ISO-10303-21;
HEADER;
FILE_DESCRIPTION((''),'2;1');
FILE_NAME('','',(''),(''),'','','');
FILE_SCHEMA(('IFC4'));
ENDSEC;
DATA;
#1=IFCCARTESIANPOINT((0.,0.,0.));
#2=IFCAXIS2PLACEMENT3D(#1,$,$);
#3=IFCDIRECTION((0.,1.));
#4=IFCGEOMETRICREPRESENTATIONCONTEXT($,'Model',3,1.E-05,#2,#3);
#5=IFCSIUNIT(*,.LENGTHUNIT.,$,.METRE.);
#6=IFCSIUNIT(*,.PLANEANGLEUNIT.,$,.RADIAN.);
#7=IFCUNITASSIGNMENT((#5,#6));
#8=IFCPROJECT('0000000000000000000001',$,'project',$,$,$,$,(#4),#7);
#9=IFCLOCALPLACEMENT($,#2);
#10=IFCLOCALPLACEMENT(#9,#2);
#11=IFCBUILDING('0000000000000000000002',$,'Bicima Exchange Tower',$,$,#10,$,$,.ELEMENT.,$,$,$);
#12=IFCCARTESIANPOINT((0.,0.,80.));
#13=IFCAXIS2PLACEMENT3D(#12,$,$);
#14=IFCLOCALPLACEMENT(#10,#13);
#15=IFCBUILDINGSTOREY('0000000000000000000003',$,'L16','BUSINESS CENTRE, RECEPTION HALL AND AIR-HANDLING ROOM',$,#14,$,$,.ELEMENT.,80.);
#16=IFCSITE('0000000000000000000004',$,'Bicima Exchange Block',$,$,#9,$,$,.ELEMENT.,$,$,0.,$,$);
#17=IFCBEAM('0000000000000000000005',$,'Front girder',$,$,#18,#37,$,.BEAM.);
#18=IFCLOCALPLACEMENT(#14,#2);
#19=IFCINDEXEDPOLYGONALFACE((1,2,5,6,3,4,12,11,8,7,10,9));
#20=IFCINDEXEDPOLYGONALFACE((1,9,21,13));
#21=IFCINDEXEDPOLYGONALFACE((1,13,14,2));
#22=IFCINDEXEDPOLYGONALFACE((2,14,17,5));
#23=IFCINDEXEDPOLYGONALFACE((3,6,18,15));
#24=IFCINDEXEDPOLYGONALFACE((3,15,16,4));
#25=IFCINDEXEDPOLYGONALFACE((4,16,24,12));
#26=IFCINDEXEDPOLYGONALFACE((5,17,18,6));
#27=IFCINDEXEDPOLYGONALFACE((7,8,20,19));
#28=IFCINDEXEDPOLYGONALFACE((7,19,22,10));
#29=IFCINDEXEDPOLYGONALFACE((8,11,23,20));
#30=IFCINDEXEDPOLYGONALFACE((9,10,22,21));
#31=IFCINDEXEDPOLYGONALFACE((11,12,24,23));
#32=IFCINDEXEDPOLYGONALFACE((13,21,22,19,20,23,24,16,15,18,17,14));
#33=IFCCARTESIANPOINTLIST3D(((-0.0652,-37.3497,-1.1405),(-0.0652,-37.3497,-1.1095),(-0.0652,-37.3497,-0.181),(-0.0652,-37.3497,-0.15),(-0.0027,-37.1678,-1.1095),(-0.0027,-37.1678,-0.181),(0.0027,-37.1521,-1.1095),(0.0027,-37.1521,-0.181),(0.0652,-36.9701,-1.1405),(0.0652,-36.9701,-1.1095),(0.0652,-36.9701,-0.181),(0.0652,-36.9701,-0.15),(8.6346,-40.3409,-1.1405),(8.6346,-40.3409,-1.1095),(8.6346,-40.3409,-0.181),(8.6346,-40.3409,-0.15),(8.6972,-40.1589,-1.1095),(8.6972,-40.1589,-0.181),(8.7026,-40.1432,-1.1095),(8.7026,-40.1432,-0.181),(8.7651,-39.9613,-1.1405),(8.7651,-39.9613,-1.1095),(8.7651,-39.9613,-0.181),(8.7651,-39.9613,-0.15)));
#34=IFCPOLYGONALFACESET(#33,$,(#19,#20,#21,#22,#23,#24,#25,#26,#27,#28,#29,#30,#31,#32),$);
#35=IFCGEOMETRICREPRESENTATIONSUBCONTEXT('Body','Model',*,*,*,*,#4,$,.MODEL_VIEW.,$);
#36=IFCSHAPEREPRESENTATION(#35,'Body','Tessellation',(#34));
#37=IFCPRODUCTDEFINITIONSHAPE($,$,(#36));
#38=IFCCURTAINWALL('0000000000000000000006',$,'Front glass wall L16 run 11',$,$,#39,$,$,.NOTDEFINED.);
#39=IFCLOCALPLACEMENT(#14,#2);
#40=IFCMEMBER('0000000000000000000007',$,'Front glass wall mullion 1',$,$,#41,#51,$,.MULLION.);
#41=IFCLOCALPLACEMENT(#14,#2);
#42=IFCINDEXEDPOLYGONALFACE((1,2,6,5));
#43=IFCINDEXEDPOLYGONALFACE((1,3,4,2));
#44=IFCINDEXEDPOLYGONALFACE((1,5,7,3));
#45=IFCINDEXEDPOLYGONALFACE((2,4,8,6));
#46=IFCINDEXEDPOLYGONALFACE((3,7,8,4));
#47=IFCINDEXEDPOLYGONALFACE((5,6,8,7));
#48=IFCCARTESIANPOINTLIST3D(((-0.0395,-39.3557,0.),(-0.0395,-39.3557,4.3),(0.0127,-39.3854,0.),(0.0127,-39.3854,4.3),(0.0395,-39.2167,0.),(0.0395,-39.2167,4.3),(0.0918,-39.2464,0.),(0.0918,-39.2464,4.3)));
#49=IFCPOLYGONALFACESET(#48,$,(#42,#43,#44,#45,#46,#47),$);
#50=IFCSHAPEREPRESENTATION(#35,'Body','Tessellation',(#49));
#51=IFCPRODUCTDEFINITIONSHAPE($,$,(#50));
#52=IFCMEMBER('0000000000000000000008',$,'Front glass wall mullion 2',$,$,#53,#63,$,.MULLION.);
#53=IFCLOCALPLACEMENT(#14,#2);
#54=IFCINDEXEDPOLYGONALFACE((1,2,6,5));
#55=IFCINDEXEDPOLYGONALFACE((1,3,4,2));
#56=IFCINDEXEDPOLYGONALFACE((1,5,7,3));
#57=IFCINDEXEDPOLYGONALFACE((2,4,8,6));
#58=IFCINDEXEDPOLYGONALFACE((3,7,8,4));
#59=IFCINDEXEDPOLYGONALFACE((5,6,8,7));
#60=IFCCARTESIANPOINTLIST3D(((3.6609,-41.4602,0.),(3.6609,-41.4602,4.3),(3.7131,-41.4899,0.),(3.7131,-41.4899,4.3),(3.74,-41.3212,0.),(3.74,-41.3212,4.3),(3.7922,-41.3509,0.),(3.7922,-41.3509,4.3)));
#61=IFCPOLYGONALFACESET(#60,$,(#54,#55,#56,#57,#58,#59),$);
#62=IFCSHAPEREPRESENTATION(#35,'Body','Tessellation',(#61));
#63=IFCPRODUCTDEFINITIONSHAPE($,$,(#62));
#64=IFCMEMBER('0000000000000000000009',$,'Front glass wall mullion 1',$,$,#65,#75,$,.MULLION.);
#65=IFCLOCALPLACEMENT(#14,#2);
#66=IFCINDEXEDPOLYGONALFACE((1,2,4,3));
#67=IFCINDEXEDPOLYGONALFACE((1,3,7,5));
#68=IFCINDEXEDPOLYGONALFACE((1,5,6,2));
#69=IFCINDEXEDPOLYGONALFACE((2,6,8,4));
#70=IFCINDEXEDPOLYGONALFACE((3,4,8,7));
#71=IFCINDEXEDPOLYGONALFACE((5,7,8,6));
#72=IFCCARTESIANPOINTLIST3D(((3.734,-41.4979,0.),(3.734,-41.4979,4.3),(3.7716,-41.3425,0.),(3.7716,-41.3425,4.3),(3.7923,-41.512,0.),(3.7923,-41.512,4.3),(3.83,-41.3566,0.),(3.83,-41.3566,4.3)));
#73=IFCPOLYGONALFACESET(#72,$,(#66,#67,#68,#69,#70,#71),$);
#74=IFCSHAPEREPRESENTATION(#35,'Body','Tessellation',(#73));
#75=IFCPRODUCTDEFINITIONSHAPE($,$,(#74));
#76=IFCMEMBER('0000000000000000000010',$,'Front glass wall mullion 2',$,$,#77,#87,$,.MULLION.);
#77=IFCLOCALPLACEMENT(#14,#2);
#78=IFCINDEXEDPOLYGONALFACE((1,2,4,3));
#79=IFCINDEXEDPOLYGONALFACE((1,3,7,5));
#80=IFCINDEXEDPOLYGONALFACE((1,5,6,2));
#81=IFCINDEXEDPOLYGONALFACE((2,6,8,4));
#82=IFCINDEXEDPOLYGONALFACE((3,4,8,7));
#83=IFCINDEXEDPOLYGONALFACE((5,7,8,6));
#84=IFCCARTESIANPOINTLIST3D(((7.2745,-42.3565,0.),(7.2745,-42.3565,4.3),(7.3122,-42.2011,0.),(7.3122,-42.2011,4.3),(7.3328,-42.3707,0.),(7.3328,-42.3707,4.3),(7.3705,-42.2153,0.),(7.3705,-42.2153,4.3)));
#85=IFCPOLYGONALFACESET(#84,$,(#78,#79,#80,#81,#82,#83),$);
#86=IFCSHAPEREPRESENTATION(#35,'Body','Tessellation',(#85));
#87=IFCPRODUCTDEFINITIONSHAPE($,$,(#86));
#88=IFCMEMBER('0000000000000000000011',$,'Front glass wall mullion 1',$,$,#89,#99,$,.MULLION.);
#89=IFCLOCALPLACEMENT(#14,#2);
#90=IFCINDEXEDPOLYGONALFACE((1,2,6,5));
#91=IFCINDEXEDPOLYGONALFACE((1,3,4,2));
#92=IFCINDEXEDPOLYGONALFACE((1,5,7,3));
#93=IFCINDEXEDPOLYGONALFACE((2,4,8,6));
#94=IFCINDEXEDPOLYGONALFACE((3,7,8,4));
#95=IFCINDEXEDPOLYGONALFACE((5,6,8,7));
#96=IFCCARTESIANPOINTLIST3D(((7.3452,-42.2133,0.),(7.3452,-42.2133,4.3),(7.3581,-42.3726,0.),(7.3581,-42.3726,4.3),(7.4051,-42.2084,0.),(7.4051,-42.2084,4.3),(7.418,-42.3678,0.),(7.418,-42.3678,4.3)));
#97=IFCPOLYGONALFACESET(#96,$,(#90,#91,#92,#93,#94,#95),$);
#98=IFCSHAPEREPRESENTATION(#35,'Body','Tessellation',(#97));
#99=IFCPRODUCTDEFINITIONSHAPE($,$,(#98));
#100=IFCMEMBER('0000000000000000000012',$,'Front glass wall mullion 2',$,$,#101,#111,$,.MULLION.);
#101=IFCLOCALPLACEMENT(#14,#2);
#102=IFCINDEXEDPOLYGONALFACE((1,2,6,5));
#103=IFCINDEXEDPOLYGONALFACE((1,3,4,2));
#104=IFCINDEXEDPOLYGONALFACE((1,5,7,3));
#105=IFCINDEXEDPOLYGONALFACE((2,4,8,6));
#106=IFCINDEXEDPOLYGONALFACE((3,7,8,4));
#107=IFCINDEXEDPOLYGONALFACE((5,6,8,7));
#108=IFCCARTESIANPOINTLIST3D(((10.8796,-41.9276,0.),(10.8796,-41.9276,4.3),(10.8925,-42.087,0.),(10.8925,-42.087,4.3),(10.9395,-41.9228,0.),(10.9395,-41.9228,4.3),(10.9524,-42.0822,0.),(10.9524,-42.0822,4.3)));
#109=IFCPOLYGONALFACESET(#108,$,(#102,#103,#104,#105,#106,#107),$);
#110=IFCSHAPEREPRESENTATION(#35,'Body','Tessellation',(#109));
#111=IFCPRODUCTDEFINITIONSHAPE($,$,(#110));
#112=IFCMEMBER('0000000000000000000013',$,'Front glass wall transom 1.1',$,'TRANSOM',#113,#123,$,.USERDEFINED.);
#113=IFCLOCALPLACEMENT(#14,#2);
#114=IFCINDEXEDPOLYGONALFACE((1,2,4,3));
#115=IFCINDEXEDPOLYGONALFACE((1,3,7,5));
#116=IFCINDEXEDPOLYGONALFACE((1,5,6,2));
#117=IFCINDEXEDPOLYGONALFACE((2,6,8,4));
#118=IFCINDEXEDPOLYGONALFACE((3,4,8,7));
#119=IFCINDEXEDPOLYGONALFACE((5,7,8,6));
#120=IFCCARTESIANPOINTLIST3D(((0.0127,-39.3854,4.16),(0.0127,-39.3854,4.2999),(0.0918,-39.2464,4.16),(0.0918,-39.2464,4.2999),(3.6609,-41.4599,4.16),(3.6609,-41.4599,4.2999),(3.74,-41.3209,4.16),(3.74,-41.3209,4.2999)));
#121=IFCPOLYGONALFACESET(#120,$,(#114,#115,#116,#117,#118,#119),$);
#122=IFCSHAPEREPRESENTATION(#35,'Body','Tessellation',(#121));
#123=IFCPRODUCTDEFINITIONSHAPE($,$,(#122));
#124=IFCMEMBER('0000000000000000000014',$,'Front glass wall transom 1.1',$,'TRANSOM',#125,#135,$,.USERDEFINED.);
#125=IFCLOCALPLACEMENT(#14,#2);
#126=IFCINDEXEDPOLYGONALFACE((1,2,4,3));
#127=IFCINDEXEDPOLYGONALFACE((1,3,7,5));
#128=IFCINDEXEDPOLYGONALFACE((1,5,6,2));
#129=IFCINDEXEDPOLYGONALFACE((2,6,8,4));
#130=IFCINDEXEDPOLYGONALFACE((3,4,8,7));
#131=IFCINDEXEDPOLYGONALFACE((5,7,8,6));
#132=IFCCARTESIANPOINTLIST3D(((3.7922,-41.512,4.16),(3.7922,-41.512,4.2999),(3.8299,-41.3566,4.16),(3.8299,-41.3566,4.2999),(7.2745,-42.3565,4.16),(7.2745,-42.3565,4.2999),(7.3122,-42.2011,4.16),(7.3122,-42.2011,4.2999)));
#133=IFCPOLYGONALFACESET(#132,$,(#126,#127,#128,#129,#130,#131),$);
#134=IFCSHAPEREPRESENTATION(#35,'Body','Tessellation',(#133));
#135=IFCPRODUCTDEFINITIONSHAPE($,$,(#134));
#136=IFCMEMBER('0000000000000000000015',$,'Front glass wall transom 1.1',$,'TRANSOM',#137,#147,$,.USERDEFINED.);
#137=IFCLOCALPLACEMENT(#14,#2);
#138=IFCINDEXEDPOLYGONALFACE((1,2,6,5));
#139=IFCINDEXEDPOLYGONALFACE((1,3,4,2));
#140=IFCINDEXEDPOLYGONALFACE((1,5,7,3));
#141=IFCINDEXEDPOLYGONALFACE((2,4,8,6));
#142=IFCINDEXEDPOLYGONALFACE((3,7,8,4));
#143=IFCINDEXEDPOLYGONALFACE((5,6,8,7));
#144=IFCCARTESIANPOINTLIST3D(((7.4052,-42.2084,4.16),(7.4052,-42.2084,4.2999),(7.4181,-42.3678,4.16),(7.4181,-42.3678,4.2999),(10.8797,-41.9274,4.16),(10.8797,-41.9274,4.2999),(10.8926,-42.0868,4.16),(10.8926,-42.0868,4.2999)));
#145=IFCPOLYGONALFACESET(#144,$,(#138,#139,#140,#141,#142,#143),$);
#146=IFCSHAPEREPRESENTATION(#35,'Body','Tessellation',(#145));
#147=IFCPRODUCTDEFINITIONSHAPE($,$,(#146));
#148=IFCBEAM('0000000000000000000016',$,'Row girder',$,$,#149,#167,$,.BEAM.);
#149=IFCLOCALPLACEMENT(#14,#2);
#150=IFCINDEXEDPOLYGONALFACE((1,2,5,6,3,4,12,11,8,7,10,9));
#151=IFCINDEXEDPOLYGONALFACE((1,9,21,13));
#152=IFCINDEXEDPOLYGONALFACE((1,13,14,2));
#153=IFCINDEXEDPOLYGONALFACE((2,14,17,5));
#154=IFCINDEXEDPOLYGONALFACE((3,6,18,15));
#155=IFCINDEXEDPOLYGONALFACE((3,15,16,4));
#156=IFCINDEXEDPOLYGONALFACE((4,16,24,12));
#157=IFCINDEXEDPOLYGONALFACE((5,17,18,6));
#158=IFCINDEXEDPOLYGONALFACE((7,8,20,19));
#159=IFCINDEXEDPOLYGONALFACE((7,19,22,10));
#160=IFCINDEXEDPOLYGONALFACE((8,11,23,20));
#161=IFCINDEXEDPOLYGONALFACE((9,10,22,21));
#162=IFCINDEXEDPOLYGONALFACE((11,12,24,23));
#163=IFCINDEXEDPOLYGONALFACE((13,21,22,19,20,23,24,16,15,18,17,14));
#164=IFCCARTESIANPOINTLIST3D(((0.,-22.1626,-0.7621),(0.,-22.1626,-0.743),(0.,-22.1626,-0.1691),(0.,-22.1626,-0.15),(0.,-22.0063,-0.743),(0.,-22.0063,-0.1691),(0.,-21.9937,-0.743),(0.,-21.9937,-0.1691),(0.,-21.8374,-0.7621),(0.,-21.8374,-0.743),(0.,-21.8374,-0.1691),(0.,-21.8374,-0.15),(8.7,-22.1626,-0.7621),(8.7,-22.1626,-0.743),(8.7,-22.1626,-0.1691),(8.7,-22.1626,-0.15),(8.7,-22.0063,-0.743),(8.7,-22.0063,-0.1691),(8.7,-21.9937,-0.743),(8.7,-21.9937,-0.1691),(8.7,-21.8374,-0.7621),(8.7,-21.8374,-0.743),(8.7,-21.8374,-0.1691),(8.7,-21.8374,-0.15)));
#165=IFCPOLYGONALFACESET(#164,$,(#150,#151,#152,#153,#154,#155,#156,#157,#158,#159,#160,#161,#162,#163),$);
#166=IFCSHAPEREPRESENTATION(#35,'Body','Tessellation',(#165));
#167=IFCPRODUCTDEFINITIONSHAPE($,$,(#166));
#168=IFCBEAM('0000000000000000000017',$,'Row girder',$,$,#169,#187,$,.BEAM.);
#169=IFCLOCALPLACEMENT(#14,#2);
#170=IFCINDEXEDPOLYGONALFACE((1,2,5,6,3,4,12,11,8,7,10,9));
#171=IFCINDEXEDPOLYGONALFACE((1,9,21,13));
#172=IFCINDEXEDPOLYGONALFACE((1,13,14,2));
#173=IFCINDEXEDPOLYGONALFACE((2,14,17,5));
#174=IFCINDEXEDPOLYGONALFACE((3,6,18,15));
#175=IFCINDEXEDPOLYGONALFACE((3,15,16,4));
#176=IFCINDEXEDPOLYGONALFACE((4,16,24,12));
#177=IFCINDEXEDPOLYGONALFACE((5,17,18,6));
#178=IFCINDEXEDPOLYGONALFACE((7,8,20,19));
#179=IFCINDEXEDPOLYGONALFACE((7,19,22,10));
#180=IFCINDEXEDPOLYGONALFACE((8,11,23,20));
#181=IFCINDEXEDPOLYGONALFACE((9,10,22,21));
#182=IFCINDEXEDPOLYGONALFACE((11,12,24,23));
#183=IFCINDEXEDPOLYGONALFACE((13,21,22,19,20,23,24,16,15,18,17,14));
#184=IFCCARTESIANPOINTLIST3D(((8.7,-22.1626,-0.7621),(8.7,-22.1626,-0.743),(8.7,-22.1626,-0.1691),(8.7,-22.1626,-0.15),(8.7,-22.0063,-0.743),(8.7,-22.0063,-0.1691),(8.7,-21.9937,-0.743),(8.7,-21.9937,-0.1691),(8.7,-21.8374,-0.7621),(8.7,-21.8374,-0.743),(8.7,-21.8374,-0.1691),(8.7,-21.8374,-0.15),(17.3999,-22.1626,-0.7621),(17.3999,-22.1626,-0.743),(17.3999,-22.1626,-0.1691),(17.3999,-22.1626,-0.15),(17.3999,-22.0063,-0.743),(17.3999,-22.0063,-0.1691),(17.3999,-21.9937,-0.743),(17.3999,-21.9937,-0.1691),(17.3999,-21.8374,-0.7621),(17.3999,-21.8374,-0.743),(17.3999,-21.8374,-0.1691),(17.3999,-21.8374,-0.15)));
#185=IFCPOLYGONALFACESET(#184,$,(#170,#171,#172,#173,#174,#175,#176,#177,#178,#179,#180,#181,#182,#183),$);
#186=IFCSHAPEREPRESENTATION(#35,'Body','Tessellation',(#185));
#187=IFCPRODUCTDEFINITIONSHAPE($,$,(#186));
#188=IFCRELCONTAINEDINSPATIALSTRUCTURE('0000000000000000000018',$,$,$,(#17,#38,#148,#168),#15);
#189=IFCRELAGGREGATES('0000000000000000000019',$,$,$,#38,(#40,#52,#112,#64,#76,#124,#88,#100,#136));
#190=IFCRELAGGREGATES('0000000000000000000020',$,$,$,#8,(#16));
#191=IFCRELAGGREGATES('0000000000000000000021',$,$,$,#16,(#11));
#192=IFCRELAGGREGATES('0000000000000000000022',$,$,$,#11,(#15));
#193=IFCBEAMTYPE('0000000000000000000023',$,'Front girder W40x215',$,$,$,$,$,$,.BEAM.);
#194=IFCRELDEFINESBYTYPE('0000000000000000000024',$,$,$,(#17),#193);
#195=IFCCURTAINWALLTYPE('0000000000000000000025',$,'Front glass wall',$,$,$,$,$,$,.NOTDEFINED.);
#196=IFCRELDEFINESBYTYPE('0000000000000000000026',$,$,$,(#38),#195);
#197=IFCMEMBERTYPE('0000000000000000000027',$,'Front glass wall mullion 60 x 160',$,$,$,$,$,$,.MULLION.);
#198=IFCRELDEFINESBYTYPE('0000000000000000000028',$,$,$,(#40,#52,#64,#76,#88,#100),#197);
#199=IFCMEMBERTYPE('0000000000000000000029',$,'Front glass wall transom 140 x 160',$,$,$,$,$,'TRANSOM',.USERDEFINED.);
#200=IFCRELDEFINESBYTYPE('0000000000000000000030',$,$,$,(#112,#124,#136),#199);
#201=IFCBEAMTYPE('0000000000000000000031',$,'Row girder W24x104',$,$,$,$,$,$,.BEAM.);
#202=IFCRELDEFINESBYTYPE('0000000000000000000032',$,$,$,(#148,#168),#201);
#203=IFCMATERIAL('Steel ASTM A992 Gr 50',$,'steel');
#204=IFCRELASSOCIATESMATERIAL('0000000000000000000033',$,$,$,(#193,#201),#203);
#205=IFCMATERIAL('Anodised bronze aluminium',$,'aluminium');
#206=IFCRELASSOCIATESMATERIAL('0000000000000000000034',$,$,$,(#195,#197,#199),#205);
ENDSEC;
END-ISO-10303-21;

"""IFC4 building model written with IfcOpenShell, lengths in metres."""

from ifc_helpers import new_model, si_unit, direction, frame, origin, origin_2d, place, context, subcontext, project, spatial, rectangle, i_section, extrude, material, material_profile, profile_set, type_object, element, aggregate, save


model = new_model("IFC4")

# Units and contexts
model_context = context("Model", 3, precision=1e-05, world=origin(), true_north=direction((0.0, 1.0)))
body_context = subcontext(model_context, "Body", "Model", "MODEL_VIEW")
ifc_project = project(units=[si_unit("LENGTHUNIT", "METRE"), si_unit("PLANEANGLEUNIT", "RADIAN")], contexts=[model_context])

# Site, building, storey
site_placement = place(None, origin())
site = spatial("IfcSite", under=ifc_project, at=site_placement, Name="Bicima Exchange Block", CompositionType="ELEMENT", RefElevation=0.0)
building_placement = place(site_placement, origin())
building = spatial("IfcBuilding", under=site, at=building_placement, Name="Bicima Exchange Tower", CompositionType="ELEMENT")
storey_placement = place(building_placement, frame((0.0, 0.0, 80.0)))
storey = spatial("IfcBuildingStorey", under=building, at=storey_placement, Name="L16", Description="BUSINESS CENTRE, RECEPTION HALL AND AIR-HANDLING ROOM", CompositionType="ELEMENT", Elevation=80.0)

# Shared definitions
ifc_material_1 = material(Name="Steel ASTM A992 Gr 50", Category="steel")

# Beam
ifc_material_profile_1 = material_profile(ifc_material_1, i_section(OverallWidth=0.4014, OverallDepth=0.9905, WebThickness=0.0166, FlangeThickness=0.031, at=origin_2d()))
ifc_profile_set_1 = profile_set([ifc_material_profile_1], Name="Steel ASTM A992 Gr 50")
beam_type_1 = type_object("IfcBeamType", Name="Front girder W40x215", PredefinedType="BEAM", material=ifc_profile_set_1)
beam_1_placement = place(storey_placement, frame((0.0, -37.1599, -0.6453), z_axis=(0.945666, -0.325138, 0.0), x_axis=(0.325138, 0.945666, 0.0)))
element("IfcBeam", 1, at=beam_1_placement, inside=storey, type_object=beam_type_1, Name="Front girder", PredefinedType="BEAM", context=body_context, shape_type="SweptSolid", body=[
    extrude(i_section(OverallWidth=0.4014, OverallDepth=0.9905, WebThickness=0.0166, FlangeThickness=0.031, at=origin_2d()), origin(), (0.0, 0.0, 1.0), 9.1997),
])

# Curtain wall, members
ifc_material_2 = material(Name="Anodised bronze aluminium", Category="aluminium")
curtain_wall_type = type_object("IfcCurtainWallType", Name="Front glass wall", PredefinedType="NOTDEFINED", material=ifc_material_2)
curtain_wall_placement = place(storey_placement, origin())
curtain_wall = element("IfcCurtainWall", 2, at=curtain_wall_placement, inside=storey, type_object=curtain_wall_type, Name="Front glass wall L16 run 11", PredefinedType="NOTDEFINED")
ifc_material_profile_2 = material_profile(ifc_material_2, rectangle(XDim=0.1599, YDim=0.0601, at=origin_2d()))
ifc_profile_set_2 = profile_set([ifc_material_profile_2], Name="Anodised bronze aluminium")
member_type_1 = type_object("IfcMemberType", Name="Front glass wall mullion 60 x 160", PredefinedType="MULLION", material=ifc_profile_set_2)
member_1_placement = place(storey_placement, frame((0.0261, -39.301, 0.0), z_axis=(0.0, 0.0, 1.0), x_axis=(0.49433, 0.869274, 0.0)))
member_1 = element("IfcMember", 3, at=member_1_placement, type_object=member_type_1, Name="Front glass wall mullion 1", PredefinedType="MULLION", context=body_context, shape_type="SweptSolid", body=[
    extrude(rectangle(XDim=0.1599, YDim=0.0601, at=origin_2d()), origin(), (0.0, 0.0, 1.0), 4.3),
])
member_2_placement = place(storey_placement, frame((3.7266, -41.4055, 0.0), z_axis=(0.0, 0.0, 1.0), x_axis=(0.49433, 0.869274, 0.0)))
member_2 = element("IfcMember", 4, at=member_2_placement, type_object=member_type_1, Name="Front glass wall mullion 2", PredefinedType="MULLION", context=body_context, shape_type="SweptSolid", body=[
    extrude(rectangle(XDim=0.1599, YDim=0.0601, at=origin_2d()), origin(), (0.0, 0.0, 1.0), 4.3),
])
member_3_placement = place(storey_placement, frame((3.782, -41.4272, 0.0), z_axis=(0.0, 0.0, 1.0), x_axis=(0.235682, 0.97183, 0.0)))
member_3 = element("IfcMember", 5, at=member_3_placement, type_object=member_type_1, Name="Front glass wall mullion 1", PredefinedType="MULLION", context=body_context, shape_type="SweptSolid", body=[
    extrude(rectangle(XDim=0.1599, YDim=0.0601, at=origin_2d()), origin(), (0.0, 0.0, 1.0), 4.3),
])
member_4_placement = place(storey_placement, frame((7.3225, -42.2859, 0.0), z_axis=(0.0, 0.0, 1.0), x_axis=(0.235682, 0.97183, 0.0)))
member_4 = element("IfcMember", 6, at=member_4_placement, type_object=member_type_1, Name="Front glass wall mullion 2", PredefinedType="MULLION", context=body_context, shape_type="SweptSolid", body=[
    extrude(rectangle(XDim=0.1599, YDim=0.0601, at=origin_2d()), origin(), (0.0, 0.0, 1.0), 4.3),
])
member_5_placement = place(storey_placement, frame((7.3816, -42.2905, 0.0), z_axis=(0.0, 0.0, 1.0), x_axis=(-0.080589, 0.996747, 0.0)))
member_5 = element("IfcMember", 7, at=member_5_placement, type_object=member_type_1, Name="Front glass wall mullion 1", PredefinedType="MULLION", context=body_context, shape_type="SweptSolid", body=[
    extrude(rectangle(XDim=0.1599, YDim=0.0601, at=origin_2d()), origin(), (0.0, 0.0, 1.0), 4.3),
])
member_6_placement = place(storey_placement, frame((10.916, -42.0049, 0.0), z_axis=(0.0, 0.0, 1.0), x_axis=(-0.080589, 0.996747, 0.0)))
member_6 = element("IfcMember", 8, at=member_6_placement, type_object=member_type_1, Name="Front glass wall mullion 2", PredefinedType="MULLION", context=body_context, shape_type="SweptSolid", body=[
    extrude(rectangle(XDim=0.1599, YDim=0.0601, at=origin_2d()), origin(), (0.0, 0.0, 1.0), 4.3),
])
ifc_material_profile_3 = material_profile(ifc_material_2, rectangle(XDim=0.1599, YDim=0.1399, at=origin_2d()))
ifc_profile_set_3 = profile_set([ifc_material_profile_3], Name="Anodised bronze aluminium")
member_type_2 = type_object("IfcMemberType", Name="Front glass wall transom 140 x 160", ElementType="TRANSOM", PredefinedType="USERDEFINED", material=ifc_profile_set_3)
member_7_placement = place(storey_placement, frame((0.0522, -39.3159, 4.23), z_axis=(0.86929, -0.494302, 0.0), x_axis=(0.494302, 0.86929, 0.0)))
member_7 = element("IfcMember", 9, at=member_7_placement, type_object=member_type_2, Name="Front glass wall transom 1.1", ObjectType="TRANSOM", PredefinedType="USERDEFINED", context=body_context, shape_type="SweptSolid", body=[
    extrude(rectangle(XDim=0.1599, YDim=0.1399, at=origin_2d()), origin(), (0.0, 0.0, 1.0), 4.1968),
])
member_8_placement = place(storey_placement, frame((3.811, -41.4343, 4.23), z_axis=(0.971834, -0.235668, 0.0), x_axis=(0.235668, 0.971834, 0.0)))
member_8 = element("IfcMember", 10, at=member_8_placement, type_object=member_type_2, Name="Front glass wall transom 1.1", ObjectType="TRANSOM", PredefinedType="USERDEFINED", context=body_context, shape_type="SweptSolid", body=[
    extrude(rectangle(XDim=0.1599, YDim=0.1399, at=origin_2d()), origin(), (0.0, 0.0, 1.0), 3.5833),
])
member_9_placement = place(storey_placement, frame((7.4116, -42.2881, 4.23), z_axis=(0.996746, 0.080611, 0.0), x_axis=(-0.080611, 0.996746, 0.0)))
member_9 = element("IfcMember", 11, at=member_9_placement, type_object=member_type_2, Name="Front glass wall transom 1.1", ObjectType="TRANSOM", PredefinedType="USERDEFINED", context=body_context, shape_type="SweptSolid", body=[
    extrude(rectangle(XDim=0.1599, YDim=0.1399, at=origin_2d()), origin(), (0.0, 0.0, 1.0), 3.4858),
])

# Beams
ifc_material_profile_4 = material_profile(ifc_material_1, i_section(OverallWidth=0.3252, OverallDepth=0.6121, WebThickness=0.0127, FlangeThickness=0.019, at=origin_2d()))
ifc_profile_set_4 = profile_set([ifc_material_profile_4], Name="Steel ASTM A992 Gr 50")
beam_type_2 = type_object("IfcBeamType", Name="Row girder W24x104", PredefinedType="BEAM", material=ifc_profile_set_4)
for number, where, z_axis, x_axis, name in (
    (12, (0.0, -22.0, -0.4561), (1.0, 0.0, 0.0), (0.0, 1.0, 0.0), "Row girder"),
    (13, (8.7, -22.0, -0.4561), (1.0, 0.0, 0.0), (0.0, 1.0, 0.0), "Row girder"),
):
    element("IfcBeam", number, at=place(storey_placement, frame(where, z_axis=z_axis, x_axis=x_axis)), inside=storey, type_object=beam_type_2, Name=name, PredefinedType="BEAM", context=body_context, shape_type="SweptSolid", body=[
        extrude(i_section(OverallWidth=0.3252, OverallDepth=0.6121, WebThickness=0.0127, FlangeThickness=0.019, at=origin_2d()), origin(), (0.0, 0.0, 1.0), 8.7),
    ])

aggregate(curtain_wall, [member_1, member_2, member_7, member_3, member_4, member_8, member_5, member_6, member_9])

save(model, "model.ifc")
